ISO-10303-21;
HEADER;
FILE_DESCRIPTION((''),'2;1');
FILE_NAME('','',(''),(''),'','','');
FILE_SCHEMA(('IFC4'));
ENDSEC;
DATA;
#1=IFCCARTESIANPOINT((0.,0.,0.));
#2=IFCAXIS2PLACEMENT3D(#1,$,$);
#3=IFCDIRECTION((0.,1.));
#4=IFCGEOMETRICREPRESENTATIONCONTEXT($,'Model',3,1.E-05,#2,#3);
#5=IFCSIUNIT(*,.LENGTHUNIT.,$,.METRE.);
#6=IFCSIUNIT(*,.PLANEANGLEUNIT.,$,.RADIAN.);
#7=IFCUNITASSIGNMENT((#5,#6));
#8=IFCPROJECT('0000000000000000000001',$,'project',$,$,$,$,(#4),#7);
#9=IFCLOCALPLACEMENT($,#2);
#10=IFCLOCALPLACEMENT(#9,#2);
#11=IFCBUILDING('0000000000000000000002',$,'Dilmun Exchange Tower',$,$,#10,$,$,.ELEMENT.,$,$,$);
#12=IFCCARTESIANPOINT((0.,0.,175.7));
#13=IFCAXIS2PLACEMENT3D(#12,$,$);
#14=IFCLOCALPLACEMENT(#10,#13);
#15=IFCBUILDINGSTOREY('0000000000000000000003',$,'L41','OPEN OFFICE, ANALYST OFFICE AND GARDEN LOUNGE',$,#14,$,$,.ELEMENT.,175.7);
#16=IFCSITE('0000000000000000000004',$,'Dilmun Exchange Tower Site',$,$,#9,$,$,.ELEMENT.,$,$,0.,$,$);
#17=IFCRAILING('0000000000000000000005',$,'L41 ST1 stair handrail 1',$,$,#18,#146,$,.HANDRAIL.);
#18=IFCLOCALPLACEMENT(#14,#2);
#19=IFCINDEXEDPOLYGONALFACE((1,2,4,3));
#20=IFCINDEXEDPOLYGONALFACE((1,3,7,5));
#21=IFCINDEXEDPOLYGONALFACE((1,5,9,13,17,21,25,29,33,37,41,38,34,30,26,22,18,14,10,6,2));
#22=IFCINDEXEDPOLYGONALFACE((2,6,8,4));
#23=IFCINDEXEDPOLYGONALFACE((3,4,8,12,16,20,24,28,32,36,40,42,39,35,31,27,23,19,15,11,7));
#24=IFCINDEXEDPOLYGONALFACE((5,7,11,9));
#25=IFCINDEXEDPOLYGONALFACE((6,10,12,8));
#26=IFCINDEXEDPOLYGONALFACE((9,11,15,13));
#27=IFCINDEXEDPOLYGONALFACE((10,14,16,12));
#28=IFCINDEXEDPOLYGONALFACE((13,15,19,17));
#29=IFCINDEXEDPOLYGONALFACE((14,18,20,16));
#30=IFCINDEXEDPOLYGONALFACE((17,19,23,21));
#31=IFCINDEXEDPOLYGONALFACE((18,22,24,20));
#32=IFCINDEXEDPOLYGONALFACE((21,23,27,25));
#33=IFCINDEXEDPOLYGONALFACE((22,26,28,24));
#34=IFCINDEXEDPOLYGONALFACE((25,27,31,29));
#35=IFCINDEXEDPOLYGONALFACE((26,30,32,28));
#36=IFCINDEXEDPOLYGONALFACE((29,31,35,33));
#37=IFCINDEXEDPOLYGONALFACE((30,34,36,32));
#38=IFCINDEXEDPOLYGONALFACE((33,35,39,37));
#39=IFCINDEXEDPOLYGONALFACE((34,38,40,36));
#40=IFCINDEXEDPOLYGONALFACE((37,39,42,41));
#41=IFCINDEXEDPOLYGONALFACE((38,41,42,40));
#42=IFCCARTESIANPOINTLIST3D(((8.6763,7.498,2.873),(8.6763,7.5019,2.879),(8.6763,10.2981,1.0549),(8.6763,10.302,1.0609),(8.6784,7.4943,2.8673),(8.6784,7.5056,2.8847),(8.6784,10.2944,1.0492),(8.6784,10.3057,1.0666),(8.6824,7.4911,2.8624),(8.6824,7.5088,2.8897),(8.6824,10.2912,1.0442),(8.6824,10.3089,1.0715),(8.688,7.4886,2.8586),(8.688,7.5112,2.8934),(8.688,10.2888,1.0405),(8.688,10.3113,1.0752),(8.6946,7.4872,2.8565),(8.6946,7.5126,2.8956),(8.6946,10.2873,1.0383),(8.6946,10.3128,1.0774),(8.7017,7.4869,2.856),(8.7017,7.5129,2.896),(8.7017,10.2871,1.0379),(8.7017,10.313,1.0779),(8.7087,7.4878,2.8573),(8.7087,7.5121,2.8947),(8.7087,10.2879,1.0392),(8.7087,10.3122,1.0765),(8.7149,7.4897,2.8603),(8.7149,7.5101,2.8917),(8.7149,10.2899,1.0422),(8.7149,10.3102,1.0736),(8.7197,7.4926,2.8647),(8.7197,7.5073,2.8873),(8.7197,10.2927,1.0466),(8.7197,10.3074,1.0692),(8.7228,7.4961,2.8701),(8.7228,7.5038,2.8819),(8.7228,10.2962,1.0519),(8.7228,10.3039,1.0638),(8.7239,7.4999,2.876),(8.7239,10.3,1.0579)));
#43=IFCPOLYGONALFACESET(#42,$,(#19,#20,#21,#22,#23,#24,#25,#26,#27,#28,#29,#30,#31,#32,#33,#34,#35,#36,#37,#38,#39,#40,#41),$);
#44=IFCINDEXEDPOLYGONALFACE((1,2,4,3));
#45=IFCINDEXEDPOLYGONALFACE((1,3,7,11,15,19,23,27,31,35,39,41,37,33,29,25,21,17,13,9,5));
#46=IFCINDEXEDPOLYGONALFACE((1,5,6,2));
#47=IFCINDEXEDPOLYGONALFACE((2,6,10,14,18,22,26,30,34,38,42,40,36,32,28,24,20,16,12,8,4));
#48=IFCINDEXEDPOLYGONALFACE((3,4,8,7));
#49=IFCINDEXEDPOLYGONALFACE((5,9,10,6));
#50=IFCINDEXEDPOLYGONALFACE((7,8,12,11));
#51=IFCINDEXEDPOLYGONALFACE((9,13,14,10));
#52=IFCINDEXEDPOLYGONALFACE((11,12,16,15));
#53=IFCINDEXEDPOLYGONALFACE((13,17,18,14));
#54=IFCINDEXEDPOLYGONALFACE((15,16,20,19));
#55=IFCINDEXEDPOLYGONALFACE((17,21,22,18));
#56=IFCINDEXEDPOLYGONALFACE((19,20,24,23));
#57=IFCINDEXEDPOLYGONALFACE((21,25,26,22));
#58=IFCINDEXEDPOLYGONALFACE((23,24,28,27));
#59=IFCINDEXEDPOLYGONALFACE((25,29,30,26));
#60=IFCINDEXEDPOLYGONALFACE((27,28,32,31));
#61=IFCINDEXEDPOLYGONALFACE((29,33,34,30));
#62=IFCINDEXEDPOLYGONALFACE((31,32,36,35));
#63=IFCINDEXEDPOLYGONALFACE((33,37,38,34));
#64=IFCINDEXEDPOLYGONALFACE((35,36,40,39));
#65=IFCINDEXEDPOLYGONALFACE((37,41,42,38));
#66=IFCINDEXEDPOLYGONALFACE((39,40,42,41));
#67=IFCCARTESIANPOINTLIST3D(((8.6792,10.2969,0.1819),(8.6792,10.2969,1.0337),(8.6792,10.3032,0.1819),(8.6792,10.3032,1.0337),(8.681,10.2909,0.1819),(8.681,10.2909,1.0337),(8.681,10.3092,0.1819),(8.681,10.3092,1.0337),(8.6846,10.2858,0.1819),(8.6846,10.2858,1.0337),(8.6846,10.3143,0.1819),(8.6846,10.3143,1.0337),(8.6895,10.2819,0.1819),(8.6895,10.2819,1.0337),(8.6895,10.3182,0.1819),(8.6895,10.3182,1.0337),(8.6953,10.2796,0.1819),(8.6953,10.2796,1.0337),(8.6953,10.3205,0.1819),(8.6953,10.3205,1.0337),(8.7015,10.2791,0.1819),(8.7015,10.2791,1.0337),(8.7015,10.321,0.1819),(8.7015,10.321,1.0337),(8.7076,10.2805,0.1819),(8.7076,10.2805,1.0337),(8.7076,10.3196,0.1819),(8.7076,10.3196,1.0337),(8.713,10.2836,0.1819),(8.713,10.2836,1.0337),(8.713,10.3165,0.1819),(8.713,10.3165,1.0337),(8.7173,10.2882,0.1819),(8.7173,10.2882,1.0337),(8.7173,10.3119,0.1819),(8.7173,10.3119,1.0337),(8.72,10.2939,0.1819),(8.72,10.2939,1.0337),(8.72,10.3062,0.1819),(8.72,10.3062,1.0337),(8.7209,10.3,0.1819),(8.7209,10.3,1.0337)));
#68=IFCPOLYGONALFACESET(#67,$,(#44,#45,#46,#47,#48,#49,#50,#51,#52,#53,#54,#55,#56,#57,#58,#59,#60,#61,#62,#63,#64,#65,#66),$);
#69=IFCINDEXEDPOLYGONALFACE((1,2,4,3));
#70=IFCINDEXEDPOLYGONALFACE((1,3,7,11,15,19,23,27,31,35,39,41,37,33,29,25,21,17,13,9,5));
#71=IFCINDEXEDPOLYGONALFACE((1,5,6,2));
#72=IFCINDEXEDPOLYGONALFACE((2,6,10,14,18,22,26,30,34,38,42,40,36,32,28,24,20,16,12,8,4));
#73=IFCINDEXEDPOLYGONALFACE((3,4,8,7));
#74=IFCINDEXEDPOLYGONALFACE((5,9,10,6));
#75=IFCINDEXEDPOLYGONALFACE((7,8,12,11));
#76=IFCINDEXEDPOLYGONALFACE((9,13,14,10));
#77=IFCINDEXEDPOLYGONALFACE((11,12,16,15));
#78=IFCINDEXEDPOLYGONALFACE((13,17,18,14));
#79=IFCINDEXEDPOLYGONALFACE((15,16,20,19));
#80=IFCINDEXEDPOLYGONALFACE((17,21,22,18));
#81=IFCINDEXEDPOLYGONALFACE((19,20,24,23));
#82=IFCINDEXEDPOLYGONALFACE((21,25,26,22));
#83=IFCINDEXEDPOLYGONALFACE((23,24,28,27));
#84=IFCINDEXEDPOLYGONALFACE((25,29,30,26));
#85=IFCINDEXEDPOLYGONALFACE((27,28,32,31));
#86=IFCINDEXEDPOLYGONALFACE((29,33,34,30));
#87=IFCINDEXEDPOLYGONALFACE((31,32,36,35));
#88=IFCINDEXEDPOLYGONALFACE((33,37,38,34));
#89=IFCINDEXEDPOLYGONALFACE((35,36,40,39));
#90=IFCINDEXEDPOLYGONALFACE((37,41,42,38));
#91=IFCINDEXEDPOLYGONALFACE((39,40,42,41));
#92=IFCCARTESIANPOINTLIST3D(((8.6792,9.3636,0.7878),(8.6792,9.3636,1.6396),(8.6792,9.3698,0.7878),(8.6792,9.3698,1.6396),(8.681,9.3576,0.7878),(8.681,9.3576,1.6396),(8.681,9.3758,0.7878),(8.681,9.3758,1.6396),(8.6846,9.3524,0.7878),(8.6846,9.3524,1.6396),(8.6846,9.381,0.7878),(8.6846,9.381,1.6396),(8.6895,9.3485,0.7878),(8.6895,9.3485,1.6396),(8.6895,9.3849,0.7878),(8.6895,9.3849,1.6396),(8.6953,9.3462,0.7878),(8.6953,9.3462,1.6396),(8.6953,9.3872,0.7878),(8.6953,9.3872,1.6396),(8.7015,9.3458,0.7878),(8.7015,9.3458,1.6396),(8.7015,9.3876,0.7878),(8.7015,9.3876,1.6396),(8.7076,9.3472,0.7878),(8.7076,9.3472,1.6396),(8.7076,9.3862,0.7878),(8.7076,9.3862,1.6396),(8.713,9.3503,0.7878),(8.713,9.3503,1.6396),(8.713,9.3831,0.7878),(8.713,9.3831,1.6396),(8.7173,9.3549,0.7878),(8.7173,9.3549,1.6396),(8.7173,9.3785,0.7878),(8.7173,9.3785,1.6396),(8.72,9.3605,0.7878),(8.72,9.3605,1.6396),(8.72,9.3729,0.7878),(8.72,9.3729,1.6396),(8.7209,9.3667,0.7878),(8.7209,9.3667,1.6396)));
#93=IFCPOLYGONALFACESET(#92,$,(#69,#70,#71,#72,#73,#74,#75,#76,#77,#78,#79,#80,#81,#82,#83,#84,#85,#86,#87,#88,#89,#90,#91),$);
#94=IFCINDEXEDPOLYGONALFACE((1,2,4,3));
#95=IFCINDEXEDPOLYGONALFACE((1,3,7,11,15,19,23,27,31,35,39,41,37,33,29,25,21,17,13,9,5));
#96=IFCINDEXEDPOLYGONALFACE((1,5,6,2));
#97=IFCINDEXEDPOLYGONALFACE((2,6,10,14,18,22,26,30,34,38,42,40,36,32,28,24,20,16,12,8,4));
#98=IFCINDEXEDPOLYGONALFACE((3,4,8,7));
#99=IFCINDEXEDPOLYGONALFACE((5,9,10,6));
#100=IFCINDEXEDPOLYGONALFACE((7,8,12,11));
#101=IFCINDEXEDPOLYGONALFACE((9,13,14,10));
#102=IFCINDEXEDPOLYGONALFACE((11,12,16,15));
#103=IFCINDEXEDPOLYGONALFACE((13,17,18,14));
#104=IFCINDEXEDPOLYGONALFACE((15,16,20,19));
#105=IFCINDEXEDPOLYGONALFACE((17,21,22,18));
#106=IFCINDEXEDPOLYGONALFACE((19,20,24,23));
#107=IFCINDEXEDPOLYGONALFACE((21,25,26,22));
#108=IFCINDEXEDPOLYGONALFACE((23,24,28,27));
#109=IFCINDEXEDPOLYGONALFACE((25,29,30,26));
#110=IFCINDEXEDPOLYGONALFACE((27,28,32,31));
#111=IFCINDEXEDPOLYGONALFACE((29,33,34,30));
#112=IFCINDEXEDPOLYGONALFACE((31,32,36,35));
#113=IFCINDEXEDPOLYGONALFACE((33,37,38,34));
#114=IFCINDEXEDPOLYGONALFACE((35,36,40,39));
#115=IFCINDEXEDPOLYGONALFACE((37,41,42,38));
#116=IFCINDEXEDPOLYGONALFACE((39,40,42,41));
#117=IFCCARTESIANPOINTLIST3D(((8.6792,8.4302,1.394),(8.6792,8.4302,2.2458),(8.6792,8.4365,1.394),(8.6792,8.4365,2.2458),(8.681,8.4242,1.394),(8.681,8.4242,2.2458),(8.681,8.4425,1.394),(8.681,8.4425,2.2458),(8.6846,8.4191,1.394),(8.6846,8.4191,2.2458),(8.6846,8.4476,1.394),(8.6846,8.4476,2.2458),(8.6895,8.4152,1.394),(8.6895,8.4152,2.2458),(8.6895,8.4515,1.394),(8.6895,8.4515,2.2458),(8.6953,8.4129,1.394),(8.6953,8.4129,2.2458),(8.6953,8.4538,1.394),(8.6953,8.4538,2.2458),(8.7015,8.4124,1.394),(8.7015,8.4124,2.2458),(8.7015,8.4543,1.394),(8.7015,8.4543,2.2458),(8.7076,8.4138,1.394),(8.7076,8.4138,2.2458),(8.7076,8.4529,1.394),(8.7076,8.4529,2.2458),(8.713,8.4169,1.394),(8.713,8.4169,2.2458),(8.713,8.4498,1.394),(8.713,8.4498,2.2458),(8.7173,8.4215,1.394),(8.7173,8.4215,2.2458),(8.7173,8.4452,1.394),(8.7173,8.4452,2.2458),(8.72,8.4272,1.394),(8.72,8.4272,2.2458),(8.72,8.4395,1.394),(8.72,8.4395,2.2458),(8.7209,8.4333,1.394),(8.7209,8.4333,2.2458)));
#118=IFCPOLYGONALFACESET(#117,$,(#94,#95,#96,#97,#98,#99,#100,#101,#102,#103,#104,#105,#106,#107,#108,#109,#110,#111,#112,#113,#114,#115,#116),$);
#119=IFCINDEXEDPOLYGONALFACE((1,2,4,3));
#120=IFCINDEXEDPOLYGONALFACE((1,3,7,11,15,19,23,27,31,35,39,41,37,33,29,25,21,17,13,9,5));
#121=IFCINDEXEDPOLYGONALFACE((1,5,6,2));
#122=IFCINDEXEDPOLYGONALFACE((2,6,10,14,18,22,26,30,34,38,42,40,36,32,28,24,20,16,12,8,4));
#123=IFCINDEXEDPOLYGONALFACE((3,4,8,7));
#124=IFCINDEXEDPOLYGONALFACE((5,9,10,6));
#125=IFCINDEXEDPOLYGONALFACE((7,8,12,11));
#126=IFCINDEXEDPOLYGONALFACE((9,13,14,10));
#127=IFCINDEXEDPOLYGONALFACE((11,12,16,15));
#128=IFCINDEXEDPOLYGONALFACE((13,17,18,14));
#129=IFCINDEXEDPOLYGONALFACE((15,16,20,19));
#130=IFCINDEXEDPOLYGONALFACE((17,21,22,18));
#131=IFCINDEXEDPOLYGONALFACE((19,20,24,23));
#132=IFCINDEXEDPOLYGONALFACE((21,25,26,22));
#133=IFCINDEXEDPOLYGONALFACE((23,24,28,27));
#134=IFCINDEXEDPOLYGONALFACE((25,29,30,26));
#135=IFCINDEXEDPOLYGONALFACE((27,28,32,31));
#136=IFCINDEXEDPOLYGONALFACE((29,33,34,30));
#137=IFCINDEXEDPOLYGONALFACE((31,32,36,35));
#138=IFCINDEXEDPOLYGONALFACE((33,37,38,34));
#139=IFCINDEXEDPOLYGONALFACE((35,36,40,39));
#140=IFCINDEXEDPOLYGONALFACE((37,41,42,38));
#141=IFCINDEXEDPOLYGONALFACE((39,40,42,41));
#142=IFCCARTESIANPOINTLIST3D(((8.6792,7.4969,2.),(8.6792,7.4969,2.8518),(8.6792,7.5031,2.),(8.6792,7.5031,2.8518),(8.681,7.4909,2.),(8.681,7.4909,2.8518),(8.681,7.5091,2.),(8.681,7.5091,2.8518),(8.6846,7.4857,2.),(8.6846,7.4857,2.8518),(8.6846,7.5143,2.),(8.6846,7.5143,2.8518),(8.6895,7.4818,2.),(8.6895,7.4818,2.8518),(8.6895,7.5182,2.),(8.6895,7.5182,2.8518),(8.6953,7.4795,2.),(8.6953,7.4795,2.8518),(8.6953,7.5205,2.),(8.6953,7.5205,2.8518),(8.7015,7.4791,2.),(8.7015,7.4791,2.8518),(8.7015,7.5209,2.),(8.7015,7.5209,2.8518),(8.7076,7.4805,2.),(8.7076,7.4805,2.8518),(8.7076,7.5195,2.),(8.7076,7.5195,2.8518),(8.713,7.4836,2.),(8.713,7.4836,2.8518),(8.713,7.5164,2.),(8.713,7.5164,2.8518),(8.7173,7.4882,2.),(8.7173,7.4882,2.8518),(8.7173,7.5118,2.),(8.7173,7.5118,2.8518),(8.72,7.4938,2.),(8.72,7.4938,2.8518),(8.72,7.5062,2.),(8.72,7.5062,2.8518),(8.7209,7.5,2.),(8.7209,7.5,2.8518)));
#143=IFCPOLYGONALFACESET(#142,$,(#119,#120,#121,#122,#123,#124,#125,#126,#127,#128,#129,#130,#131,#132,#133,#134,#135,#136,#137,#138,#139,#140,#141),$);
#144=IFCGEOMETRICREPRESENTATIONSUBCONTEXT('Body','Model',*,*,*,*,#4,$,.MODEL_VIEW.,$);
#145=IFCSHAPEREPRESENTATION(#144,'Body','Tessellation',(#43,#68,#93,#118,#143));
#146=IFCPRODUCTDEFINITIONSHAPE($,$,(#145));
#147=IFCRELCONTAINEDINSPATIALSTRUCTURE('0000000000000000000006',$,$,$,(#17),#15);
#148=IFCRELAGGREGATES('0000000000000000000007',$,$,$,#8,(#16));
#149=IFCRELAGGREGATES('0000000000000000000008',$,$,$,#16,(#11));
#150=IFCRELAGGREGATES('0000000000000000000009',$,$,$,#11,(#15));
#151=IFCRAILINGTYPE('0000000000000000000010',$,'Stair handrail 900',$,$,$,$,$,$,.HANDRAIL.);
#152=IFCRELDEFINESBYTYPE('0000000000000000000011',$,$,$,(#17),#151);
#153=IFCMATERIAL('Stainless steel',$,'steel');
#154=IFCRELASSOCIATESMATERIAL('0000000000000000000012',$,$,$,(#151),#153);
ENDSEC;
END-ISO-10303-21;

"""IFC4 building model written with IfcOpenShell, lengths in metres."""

from ifc_helpers import new_model, si_unit, direction, frame, origin, origin_2d, place, context, subcontext, project, spatial, circle, extrude, material, type_object, element, save


model = new_model("IFC4")

# Units and contexts
model_context = context("Model", 3, precision=1e-05, world=origin(), true_north=direction((0.0, 1.0)))
body_context = subcontext(model_context, "Body", "Model", "MODEL_VIEW")
ifc_project = project(units=[si_unit("LENGTHUNIT", "METRE"), si_unit("PLANEANGLEUNIT", "RADIAN")], contexts=[model_context])

# Site, building, storey
site_placement = place(None, origin())
site = spatial("IfcSite", under=ifc_project, at=site_placement, Name="Dilmun Exchange Tower Site", CompositionType="ELEMENT", RefElevation=0.0)
building_placement = place(site_placement, origin())
building = spatial("IfcBuilding", under=site, at=building_placement, Name="Dilmun Exchange Tower", CompositionType="ELEMENT")
storey_placement = place(building_placement, frame((0.0, 0.0, 175.7)))
storey = spatial("IfcBuildingStorey", under=building, at=storey_placement, Name="L41", Description="OPEN OFFICE, ANALYST OFFICE AND GARDEN LOUNGE", CompositionType="ELEMENT", Elevation=175.7)

# Railing
ifc_material_1 = material(Name="Stainless steel", Category="steel")
railing_type = type_object("IfcRailingType", Name="Stair handrail 900", PredefinedType="HANDRAIL", material=ifc_material_1)
railing_1_placement = place(storey_placement, frame((8.7, 10.3, 0.1819)))
element("IfcRailing", 1, at=railing_1_placement, inside=storey, type_object=railing_type, Name="L41 ST1 stair handrail 1", PredefinedType="HANDRAIL", context=body_context, shape_type="SweptSolid", body=[
    extrude(circle(Radius=0.0239, at=origin_2d()), frame((0.0, 0.0, 0.876), z_axis=(0.0, -0.838706, 0.544585), x_axis=(1.0, 0.0, 0.0)), (0.0, 0.0, 1.0), 3.3386),
    extrude(circle(Radius=0.021, at=origin_2d()), origin(), (0.0, 0.0, 1.0), 0.8518),
    extrude(circle(Radius=0.021, at=origin_2d()), frame((0.0, -0.9333, 0.606)), (0.0, 0.0, 1.0), 0.8518),
    extrude(circle(Radius=0.021, at=origin_2d()), frame((0.0, -1.8667, 1.2122)), (0.0, 0.0, 1.0), 0.8518),
    extrude(circle(Radius=0.021, at=origin_2d()), frame((0.0, -2.8, 1.8181)), (0.0, 0.0, 1.0), 0.8518),
])

save(model, "model.ifc")
